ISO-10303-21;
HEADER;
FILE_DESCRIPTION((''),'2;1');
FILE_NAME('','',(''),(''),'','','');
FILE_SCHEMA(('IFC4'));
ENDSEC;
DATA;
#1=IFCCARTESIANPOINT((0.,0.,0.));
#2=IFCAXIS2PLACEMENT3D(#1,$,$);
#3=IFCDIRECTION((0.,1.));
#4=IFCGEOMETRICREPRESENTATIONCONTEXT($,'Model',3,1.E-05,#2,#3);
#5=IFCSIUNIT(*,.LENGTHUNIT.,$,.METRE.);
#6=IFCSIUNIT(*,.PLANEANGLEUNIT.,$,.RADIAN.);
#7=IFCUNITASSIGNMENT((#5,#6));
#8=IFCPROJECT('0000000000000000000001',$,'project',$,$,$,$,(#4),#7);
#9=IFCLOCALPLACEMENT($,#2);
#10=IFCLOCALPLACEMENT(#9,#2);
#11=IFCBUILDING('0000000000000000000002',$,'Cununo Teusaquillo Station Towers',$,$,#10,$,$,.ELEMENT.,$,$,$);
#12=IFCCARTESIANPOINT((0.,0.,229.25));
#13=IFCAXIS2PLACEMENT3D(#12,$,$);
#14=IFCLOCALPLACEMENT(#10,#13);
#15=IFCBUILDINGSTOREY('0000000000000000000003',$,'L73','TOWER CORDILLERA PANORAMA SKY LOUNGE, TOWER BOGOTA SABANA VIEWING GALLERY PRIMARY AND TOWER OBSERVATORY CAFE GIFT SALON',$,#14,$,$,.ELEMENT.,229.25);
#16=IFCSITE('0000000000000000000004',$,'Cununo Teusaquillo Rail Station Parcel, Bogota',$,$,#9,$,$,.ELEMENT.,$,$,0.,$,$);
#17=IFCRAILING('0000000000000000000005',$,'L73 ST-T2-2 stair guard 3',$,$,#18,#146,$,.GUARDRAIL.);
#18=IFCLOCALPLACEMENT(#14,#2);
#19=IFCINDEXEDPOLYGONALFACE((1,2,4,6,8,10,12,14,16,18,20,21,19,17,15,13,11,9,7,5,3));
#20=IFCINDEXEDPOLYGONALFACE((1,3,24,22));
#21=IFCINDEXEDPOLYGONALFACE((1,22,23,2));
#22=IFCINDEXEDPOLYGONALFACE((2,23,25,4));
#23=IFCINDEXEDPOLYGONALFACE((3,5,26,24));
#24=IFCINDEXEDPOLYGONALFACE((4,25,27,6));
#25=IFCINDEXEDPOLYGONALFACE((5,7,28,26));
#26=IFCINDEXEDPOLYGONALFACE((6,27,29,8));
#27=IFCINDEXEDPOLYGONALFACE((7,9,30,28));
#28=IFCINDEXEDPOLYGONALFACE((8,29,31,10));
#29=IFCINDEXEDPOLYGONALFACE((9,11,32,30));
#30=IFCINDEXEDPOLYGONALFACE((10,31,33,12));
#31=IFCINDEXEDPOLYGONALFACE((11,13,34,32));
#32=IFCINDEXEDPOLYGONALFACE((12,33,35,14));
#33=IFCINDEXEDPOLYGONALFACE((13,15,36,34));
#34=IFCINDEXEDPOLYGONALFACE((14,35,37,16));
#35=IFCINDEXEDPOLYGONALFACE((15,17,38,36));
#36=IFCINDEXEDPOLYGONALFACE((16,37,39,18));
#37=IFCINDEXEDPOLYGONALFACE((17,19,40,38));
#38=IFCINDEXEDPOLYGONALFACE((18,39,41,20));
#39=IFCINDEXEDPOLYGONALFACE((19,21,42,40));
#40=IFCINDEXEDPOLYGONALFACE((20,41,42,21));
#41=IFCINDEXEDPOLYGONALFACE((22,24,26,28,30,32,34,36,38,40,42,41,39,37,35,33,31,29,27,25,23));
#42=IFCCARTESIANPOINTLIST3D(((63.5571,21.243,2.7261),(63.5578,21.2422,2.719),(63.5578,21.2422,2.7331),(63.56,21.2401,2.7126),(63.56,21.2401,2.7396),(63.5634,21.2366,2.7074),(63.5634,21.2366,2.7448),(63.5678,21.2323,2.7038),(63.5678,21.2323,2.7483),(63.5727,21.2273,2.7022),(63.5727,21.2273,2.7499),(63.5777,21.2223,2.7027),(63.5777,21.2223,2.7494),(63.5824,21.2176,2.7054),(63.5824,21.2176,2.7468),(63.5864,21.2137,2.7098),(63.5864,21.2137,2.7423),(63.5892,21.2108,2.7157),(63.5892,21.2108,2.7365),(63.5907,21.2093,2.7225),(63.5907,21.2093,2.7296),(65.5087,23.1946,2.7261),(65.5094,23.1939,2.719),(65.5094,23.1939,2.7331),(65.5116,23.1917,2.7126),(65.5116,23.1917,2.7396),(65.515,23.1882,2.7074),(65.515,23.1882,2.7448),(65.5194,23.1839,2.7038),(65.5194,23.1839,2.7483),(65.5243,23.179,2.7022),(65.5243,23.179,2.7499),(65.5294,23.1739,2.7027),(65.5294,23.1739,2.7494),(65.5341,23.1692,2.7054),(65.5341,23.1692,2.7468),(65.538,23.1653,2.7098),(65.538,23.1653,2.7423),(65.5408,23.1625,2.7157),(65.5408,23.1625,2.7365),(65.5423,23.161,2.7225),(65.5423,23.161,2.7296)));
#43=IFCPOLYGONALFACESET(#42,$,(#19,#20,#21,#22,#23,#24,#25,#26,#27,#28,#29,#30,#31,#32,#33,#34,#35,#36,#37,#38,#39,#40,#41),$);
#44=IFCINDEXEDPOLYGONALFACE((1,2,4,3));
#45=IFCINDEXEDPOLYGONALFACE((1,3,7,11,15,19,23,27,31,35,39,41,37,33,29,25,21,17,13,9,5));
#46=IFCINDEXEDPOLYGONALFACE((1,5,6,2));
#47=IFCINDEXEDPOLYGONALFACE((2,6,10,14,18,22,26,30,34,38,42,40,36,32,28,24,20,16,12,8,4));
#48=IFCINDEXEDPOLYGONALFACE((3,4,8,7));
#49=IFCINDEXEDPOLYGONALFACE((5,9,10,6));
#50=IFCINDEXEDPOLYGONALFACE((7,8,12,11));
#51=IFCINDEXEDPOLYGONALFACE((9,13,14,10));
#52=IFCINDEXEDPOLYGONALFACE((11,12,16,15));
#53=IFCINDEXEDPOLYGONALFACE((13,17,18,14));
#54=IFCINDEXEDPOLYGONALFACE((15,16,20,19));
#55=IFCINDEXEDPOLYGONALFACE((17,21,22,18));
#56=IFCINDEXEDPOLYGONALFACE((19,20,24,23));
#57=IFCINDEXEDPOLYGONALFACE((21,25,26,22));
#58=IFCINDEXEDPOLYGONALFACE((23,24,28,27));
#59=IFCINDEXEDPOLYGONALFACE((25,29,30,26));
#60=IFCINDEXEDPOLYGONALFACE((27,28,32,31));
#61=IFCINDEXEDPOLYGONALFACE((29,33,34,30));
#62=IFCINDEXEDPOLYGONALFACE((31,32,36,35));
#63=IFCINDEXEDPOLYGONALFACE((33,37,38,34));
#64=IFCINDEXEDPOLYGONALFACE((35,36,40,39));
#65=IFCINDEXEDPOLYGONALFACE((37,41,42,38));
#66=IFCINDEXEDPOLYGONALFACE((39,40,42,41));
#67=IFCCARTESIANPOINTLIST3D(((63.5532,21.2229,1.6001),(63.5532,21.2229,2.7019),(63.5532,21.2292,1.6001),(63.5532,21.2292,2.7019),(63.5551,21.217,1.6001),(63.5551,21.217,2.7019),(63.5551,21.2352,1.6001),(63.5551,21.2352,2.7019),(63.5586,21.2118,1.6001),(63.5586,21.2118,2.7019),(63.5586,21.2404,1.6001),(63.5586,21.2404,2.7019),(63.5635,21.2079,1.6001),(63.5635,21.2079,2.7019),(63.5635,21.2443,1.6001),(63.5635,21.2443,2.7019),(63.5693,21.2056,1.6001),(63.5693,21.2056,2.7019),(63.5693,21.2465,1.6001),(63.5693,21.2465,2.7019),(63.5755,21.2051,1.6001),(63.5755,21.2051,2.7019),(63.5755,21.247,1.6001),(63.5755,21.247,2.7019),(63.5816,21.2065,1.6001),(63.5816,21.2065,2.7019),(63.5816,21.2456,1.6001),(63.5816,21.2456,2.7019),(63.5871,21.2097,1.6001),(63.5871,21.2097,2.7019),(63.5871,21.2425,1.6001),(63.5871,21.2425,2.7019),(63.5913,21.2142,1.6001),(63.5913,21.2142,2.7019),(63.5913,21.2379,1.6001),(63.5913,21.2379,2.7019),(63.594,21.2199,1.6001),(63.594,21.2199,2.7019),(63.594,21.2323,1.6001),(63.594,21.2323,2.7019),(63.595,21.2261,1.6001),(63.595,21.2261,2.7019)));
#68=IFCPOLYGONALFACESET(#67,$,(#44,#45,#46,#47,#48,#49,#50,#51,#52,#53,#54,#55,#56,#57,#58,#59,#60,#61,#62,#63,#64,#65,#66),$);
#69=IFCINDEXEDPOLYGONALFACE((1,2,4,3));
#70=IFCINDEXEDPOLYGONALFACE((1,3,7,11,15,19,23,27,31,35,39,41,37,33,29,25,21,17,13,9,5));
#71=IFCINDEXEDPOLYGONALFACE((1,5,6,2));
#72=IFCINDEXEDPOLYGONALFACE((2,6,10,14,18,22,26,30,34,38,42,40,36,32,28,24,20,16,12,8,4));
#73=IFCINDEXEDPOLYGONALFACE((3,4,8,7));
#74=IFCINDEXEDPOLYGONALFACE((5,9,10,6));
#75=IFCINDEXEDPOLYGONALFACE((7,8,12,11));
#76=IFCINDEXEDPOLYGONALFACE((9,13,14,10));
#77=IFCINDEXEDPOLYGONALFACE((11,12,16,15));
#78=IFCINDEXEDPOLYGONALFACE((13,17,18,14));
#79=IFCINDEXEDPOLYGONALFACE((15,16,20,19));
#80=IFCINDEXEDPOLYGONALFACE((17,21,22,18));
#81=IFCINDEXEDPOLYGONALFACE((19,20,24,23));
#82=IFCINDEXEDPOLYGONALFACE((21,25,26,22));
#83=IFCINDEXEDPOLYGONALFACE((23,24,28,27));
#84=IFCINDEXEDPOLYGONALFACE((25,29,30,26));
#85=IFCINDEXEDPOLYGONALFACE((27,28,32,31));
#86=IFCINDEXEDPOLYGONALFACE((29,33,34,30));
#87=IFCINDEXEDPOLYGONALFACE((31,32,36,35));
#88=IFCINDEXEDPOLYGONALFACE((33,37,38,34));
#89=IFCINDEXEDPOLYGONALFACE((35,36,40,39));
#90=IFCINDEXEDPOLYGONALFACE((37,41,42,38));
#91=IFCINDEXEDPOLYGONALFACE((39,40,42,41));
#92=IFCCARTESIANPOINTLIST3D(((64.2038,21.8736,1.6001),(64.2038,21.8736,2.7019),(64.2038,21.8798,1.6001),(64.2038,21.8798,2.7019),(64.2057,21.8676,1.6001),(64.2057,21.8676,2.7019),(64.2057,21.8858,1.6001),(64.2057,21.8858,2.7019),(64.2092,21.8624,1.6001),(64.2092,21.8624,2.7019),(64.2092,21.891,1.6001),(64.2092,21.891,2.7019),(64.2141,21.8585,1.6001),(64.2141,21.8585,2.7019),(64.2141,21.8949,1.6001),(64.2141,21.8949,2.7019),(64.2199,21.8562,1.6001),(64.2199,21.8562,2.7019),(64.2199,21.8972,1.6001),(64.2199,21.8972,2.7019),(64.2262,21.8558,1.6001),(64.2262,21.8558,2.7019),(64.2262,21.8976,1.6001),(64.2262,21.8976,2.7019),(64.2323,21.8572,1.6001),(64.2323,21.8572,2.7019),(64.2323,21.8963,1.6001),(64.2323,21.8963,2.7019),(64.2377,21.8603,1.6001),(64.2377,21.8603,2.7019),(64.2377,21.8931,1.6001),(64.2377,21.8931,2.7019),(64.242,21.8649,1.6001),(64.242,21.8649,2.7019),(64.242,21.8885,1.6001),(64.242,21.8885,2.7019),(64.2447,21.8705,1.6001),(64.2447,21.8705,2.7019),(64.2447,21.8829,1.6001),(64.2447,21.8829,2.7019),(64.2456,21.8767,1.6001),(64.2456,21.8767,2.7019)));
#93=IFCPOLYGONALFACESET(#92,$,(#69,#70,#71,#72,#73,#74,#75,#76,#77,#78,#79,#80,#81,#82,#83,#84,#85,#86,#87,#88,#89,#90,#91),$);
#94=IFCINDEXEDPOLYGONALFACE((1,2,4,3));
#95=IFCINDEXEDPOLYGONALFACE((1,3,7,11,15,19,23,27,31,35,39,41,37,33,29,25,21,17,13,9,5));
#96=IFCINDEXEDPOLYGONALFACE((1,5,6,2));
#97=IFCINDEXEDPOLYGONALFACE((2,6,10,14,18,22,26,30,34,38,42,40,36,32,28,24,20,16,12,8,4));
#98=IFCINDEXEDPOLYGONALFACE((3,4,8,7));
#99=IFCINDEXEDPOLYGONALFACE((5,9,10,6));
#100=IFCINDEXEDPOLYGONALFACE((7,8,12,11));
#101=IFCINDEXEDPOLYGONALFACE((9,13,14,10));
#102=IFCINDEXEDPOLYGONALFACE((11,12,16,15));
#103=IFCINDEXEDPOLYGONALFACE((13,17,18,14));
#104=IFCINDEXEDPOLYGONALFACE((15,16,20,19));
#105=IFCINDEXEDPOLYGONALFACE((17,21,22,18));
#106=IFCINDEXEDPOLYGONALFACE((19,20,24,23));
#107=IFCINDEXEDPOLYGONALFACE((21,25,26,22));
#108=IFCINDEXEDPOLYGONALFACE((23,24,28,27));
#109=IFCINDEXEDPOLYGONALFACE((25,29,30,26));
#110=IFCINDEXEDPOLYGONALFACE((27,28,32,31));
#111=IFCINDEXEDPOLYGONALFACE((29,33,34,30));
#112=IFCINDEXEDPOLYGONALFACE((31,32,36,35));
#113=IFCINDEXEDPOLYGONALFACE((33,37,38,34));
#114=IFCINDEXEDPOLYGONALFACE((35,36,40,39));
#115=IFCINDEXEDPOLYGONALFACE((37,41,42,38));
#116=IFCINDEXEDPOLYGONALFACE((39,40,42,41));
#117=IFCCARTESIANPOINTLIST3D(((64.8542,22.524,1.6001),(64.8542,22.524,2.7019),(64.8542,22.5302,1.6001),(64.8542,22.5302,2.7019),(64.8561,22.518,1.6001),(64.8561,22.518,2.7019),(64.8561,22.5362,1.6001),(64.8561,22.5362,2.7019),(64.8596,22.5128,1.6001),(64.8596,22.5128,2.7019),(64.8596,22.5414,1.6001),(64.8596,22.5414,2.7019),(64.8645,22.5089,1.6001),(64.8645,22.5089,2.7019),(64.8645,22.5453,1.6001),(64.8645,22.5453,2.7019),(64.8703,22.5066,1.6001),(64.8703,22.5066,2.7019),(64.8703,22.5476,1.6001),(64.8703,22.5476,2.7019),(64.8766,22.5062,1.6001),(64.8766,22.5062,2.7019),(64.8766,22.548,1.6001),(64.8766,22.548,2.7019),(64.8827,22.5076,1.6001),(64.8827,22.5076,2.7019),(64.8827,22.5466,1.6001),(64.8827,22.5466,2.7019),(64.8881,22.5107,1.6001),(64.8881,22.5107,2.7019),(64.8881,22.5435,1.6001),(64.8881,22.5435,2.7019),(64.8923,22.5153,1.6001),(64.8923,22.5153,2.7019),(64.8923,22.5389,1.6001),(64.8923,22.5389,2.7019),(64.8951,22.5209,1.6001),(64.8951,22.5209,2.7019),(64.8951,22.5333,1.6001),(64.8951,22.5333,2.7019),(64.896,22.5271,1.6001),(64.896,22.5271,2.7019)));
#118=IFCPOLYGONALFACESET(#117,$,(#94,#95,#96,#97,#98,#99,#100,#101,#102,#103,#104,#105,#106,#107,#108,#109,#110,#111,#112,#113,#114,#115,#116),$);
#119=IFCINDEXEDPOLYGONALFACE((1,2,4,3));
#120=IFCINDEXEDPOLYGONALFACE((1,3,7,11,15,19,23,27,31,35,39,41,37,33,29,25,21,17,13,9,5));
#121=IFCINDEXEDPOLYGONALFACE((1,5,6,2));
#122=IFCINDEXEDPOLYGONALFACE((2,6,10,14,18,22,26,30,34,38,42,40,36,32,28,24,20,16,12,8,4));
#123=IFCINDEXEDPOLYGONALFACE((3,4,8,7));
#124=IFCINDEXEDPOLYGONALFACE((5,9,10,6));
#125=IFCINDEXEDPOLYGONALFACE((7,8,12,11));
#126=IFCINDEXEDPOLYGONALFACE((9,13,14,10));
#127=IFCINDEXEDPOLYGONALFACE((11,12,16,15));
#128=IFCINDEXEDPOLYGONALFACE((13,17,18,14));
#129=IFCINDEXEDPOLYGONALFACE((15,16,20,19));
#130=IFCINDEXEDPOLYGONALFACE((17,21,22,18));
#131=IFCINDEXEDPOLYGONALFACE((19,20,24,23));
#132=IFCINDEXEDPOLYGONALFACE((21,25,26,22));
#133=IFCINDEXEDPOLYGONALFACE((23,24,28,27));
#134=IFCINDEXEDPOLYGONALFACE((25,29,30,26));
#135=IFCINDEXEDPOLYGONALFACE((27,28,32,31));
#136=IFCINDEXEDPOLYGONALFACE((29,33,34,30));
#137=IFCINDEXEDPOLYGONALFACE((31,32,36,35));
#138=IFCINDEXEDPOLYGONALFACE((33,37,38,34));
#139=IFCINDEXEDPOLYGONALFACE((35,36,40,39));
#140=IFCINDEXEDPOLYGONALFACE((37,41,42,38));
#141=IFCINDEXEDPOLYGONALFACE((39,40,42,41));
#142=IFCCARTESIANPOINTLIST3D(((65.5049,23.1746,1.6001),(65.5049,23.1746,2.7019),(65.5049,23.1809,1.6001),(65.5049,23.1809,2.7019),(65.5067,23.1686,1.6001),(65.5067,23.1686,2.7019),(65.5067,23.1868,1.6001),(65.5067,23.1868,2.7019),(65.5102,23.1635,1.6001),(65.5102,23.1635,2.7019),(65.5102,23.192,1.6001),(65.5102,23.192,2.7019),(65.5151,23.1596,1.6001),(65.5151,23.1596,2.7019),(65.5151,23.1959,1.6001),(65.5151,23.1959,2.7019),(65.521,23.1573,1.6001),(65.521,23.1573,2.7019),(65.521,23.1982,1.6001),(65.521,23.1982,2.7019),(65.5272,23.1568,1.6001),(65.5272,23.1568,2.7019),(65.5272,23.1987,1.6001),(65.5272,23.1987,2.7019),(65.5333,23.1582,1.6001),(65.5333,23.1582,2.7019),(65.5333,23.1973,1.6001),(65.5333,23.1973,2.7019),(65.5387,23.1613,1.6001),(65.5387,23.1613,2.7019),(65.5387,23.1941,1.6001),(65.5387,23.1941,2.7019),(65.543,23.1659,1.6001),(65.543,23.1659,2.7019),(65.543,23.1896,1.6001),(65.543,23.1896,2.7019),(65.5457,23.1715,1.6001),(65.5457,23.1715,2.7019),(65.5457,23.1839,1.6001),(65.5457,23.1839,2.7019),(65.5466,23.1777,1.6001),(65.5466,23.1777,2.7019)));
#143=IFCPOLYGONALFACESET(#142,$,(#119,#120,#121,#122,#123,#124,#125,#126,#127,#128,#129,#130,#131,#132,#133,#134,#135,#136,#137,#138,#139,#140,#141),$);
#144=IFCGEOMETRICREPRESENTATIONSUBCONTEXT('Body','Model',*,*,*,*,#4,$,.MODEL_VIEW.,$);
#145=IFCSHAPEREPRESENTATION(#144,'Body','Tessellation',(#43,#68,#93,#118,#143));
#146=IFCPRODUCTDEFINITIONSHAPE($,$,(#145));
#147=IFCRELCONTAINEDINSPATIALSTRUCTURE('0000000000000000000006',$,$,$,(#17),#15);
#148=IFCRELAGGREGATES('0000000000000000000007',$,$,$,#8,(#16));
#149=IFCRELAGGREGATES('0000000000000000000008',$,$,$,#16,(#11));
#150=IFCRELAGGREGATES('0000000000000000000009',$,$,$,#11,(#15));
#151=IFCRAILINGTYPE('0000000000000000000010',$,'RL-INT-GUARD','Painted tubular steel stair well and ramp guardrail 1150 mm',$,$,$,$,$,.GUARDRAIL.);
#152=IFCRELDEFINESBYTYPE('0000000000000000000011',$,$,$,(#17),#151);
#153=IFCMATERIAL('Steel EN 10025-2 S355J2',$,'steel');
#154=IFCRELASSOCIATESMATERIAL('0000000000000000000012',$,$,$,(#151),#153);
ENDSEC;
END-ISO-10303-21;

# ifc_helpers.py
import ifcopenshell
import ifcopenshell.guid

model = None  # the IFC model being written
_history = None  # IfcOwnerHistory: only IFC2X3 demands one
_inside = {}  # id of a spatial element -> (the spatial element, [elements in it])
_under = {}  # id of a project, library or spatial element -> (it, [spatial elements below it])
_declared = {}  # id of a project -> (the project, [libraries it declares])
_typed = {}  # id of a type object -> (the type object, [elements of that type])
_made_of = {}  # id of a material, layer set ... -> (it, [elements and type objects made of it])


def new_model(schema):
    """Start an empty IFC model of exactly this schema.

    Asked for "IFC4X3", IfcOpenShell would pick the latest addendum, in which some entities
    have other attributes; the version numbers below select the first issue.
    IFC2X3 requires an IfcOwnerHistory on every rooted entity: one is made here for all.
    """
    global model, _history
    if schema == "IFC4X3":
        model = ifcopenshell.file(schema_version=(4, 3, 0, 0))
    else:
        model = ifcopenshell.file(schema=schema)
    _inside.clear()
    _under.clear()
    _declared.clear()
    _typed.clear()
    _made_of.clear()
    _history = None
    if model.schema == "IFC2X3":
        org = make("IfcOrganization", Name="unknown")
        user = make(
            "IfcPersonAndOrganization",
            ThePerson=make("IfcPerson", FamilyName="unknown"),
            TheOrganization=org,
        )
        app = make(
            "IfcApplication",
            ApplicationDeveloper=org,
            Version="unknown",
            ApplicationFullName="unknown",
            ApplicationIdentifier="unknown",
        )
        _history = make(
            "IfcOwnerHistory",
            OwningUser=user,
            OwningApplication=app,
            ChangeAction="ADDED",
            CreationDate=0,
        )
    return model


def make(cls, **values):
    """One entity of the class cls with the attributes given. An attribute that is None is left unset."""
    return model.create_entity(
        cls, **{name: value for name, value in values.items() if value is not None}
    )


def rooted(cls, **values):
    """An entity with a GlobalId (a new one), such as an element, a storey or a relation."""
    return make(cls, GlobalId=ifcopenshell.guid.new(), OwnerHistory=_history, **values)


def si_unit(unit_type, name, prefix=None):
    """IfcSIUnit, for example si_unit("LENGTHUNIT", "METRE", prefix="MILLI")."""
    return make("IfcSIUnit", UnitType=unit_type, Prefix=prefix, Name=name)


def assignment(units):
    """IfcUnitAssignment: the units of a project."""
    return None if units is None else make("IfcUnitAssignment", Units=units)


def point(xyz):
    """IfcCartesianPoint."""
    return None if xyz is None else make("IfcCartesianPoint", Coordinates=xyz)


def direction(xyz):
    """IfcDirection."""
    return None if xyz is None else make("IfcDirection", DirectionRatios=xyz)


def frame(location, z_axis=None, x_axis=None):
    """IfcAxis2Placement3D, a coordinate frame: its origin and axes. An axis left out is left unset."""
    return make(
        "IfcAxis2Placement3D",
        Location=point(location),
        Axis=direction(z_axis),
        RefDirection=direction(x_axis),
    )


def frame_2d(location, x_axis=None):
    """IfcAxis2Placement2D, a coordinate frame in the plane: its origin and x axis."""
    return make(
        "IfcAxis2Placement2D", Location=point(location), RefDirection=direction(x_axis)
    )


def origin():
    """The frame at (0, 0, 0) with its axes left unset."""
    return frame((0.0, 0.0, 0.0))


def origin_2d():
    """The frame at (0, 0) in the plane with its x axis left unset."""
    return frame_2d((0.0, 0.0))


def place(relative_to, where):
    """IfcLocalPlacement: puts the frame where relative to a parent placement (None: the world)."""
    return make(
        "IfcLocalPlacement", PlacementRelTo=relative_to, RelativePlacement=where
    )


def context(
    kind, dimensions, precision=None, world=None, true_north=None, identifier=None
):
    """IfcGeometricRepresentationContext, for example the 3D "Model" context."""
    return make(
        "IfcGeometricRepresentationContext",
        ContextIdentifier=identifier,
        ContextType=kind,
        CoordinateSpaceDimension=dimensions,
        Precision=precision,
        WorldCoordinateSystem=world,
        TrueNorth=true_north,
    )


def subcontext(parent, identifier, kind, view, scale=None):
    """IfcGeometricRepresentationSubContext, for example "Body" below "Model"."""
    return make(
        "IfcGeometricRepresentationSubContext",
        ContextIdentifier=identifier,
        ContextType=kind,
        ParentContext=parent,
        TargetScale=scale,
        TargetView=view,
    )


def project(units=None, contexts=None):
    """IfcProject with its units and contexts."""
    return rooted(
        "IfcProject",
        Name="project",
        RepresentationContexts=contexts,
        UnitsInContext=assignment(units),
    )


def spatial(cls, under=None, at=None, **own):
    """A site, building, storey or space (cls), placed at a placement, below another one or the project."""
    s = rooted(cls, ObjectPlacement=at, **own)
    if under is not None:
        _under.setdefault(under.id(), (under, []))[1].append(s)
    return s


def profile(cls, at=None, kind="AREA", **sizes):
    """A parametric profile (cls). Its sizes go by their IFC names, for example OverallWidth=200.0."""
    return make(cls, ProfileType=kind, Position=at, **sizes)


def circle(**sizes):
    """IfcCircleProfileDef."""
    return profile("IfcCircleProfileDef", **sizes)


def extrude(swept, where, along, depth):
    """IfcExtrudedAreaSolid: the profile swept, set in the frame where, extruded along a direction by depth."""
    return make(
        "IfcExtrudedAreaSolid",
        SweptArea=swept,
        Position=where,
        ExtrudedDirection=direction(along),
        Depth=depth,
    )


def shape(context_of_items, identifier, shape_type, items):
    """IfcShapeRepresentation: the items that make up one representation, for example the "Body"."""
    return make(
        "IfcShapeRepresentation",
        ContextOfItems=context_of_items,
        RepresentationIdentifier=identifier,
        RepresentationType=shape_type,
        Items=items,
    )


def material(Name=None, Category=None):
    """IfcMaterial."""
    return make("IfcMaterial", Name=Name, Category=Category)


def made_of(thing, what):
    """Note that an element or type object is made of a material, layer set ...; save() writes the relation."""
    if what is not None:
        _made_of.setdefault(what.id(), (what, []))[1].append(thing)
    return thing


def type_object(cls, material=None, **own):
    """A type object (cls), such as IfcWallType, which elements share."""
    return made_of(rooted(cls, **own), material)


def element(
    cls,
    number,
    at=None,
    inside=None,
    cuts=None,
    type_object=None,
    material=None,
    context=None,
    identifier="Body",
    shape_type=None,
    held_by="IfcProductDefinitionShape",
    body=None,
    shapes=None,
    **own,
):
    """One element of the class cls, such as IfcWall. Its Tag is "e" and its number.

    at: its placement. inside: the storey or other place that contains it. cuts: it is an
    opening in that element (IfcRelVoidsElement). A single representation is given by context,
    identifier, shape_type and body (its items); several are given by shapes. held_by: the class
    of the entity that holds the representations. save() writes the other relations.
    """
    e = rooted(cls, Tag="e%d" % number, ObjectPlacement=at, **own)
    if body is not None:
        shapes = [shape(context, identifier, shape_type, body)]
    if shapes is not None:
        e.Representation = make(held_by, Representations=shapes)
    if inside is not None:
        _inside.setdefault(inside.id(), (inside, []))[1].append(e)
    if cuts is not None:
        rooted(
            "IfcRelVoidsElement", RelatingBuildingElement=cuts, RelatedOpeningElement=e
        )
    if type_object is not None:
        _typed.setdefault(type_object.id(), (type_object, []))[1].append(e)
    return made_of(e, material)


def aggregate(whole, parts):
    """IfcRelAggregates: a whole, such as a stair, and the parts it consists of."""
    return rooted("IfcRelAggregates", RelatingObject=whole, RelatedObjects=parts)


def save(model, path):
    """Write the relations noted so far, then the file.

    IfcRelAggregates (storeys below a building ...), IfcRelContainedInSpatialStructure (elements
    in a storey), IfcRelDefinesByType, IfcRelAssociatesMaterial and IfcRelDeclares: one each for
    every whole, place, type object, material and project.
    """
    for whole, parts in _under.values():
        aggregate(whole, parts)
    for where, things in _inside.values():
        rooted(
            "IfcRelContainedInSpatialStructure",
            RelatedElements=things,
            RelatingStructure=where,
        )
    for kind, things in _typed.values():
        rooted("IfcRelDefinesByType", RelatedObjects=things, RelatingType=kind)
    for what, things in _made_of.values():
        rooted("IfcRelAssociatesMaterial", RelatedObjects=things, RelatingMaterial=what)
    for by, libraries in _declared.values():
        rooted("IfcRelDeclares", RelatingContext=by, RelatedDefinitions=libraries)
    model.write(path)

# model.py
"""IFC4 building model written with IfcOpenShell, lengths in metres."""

from ifc_helpers import new_model, si_unit, direction, frame, origin, origin_2d, place, context, subcontext, project, spatial, circle, extrude, material, type_object, element, save


model = new_model("IFC4")

# Units and contexts
model_context = context("Model", 3, precision=1e-05, world=origin(), true_north=direction((0.0, 1.0)))
body_context = subcontext(model_context, "Body", "Model", "MODEL_VIEW")
ifc_project = project(units=[si_unit("LENGTHUNIT", "METRE"), si_unit("PLANEANGLEUNIT", "RADIAN")], contexts=[model_context])

# Site, building, storey
site_placement = place(None, origin())
site = spatial("IfcSite", under=ifc_project, at=site_placement, Name="Cununo Teusaquillo Rail Station Parcel, Bogota", CompositionType="ELEMENT", RefElevation=0.0)
building_placement = place(site_placement, origin())
building = spatial("IfcBuilding", under=site, at=building_placement, Name="Cununo Teusaquillo Station Towers", CompositionType="ELEMENT")
storey_placement = place(building_placement, frame((0.0, 0.0, 229.25)))
storey = spatial("IfcBuildingStorey", under=building, at=storey_placement, Name="L73", Description="TOWER CORDILLERA PANORAMA SKY LOUNGE, TOWER BOGOTA SABANA VIEWING GALLERY PRIMARY AND TOWER OBSERVATORY CAFE GIFT SALON", CompositionType="ELEMENT", Elevation=229.25)

# Railing
ifc_material_1 = material(Name="Steel EN 10025-2 S355J2", Category="steel")
railing_type = type_object("IfcRailingType", Name="RL-INT-GUARD", Description="Painted tubular steel stair well and ramp guardrail 1150 mm", PredefinedType="GUARDRAIL", material=ifc_material_1)
railing_1_placement = place(storey_placement, frame((63.574, 21.2261, 1.6001)))
element("IfcRailing", 1, at=railing_1_placement, inside=storey, type_object=railing_type, Name="L73 ST-T2-2 stair guard 3", PredefinedType="GUARDRAIL", context=body_context, shape_type="SweptSolid", body=[
    extrude(circle(Radius=0.0239, at=origin_2d()), frame((0.0, 0.0, 1.126), z_axis=(0.707107, 0.707107, 0.0), x_axis=(-0.707107, 0.707107, 0.0)), (0.0, 0.0, 1.0), 2.76),
    extrude(circle(Radius=0.021, at=origin_2d()), origin(), (0.0, 0.0, 1.0), 1.1018),
    extrude(circle(Radius=0.021, at=origin_2d()), frame((0.6506, 0.6506, 0.0)), (0.0, 0.0, 1.0), 1.1018),
    extrude(circle(Radius=0.021, at=origin_2d()), frame((1.301, 1.301, 0.0)), (0.0, 0.0, 1.0), 1.1018),
    extrude(circle(Radius=0.021, at=origin_2d()), frame((1.9517, 1.9517, 0.0)), (0.0, 0.0, 1.0), 1.1018),
])

save(model, "model.ifc")
